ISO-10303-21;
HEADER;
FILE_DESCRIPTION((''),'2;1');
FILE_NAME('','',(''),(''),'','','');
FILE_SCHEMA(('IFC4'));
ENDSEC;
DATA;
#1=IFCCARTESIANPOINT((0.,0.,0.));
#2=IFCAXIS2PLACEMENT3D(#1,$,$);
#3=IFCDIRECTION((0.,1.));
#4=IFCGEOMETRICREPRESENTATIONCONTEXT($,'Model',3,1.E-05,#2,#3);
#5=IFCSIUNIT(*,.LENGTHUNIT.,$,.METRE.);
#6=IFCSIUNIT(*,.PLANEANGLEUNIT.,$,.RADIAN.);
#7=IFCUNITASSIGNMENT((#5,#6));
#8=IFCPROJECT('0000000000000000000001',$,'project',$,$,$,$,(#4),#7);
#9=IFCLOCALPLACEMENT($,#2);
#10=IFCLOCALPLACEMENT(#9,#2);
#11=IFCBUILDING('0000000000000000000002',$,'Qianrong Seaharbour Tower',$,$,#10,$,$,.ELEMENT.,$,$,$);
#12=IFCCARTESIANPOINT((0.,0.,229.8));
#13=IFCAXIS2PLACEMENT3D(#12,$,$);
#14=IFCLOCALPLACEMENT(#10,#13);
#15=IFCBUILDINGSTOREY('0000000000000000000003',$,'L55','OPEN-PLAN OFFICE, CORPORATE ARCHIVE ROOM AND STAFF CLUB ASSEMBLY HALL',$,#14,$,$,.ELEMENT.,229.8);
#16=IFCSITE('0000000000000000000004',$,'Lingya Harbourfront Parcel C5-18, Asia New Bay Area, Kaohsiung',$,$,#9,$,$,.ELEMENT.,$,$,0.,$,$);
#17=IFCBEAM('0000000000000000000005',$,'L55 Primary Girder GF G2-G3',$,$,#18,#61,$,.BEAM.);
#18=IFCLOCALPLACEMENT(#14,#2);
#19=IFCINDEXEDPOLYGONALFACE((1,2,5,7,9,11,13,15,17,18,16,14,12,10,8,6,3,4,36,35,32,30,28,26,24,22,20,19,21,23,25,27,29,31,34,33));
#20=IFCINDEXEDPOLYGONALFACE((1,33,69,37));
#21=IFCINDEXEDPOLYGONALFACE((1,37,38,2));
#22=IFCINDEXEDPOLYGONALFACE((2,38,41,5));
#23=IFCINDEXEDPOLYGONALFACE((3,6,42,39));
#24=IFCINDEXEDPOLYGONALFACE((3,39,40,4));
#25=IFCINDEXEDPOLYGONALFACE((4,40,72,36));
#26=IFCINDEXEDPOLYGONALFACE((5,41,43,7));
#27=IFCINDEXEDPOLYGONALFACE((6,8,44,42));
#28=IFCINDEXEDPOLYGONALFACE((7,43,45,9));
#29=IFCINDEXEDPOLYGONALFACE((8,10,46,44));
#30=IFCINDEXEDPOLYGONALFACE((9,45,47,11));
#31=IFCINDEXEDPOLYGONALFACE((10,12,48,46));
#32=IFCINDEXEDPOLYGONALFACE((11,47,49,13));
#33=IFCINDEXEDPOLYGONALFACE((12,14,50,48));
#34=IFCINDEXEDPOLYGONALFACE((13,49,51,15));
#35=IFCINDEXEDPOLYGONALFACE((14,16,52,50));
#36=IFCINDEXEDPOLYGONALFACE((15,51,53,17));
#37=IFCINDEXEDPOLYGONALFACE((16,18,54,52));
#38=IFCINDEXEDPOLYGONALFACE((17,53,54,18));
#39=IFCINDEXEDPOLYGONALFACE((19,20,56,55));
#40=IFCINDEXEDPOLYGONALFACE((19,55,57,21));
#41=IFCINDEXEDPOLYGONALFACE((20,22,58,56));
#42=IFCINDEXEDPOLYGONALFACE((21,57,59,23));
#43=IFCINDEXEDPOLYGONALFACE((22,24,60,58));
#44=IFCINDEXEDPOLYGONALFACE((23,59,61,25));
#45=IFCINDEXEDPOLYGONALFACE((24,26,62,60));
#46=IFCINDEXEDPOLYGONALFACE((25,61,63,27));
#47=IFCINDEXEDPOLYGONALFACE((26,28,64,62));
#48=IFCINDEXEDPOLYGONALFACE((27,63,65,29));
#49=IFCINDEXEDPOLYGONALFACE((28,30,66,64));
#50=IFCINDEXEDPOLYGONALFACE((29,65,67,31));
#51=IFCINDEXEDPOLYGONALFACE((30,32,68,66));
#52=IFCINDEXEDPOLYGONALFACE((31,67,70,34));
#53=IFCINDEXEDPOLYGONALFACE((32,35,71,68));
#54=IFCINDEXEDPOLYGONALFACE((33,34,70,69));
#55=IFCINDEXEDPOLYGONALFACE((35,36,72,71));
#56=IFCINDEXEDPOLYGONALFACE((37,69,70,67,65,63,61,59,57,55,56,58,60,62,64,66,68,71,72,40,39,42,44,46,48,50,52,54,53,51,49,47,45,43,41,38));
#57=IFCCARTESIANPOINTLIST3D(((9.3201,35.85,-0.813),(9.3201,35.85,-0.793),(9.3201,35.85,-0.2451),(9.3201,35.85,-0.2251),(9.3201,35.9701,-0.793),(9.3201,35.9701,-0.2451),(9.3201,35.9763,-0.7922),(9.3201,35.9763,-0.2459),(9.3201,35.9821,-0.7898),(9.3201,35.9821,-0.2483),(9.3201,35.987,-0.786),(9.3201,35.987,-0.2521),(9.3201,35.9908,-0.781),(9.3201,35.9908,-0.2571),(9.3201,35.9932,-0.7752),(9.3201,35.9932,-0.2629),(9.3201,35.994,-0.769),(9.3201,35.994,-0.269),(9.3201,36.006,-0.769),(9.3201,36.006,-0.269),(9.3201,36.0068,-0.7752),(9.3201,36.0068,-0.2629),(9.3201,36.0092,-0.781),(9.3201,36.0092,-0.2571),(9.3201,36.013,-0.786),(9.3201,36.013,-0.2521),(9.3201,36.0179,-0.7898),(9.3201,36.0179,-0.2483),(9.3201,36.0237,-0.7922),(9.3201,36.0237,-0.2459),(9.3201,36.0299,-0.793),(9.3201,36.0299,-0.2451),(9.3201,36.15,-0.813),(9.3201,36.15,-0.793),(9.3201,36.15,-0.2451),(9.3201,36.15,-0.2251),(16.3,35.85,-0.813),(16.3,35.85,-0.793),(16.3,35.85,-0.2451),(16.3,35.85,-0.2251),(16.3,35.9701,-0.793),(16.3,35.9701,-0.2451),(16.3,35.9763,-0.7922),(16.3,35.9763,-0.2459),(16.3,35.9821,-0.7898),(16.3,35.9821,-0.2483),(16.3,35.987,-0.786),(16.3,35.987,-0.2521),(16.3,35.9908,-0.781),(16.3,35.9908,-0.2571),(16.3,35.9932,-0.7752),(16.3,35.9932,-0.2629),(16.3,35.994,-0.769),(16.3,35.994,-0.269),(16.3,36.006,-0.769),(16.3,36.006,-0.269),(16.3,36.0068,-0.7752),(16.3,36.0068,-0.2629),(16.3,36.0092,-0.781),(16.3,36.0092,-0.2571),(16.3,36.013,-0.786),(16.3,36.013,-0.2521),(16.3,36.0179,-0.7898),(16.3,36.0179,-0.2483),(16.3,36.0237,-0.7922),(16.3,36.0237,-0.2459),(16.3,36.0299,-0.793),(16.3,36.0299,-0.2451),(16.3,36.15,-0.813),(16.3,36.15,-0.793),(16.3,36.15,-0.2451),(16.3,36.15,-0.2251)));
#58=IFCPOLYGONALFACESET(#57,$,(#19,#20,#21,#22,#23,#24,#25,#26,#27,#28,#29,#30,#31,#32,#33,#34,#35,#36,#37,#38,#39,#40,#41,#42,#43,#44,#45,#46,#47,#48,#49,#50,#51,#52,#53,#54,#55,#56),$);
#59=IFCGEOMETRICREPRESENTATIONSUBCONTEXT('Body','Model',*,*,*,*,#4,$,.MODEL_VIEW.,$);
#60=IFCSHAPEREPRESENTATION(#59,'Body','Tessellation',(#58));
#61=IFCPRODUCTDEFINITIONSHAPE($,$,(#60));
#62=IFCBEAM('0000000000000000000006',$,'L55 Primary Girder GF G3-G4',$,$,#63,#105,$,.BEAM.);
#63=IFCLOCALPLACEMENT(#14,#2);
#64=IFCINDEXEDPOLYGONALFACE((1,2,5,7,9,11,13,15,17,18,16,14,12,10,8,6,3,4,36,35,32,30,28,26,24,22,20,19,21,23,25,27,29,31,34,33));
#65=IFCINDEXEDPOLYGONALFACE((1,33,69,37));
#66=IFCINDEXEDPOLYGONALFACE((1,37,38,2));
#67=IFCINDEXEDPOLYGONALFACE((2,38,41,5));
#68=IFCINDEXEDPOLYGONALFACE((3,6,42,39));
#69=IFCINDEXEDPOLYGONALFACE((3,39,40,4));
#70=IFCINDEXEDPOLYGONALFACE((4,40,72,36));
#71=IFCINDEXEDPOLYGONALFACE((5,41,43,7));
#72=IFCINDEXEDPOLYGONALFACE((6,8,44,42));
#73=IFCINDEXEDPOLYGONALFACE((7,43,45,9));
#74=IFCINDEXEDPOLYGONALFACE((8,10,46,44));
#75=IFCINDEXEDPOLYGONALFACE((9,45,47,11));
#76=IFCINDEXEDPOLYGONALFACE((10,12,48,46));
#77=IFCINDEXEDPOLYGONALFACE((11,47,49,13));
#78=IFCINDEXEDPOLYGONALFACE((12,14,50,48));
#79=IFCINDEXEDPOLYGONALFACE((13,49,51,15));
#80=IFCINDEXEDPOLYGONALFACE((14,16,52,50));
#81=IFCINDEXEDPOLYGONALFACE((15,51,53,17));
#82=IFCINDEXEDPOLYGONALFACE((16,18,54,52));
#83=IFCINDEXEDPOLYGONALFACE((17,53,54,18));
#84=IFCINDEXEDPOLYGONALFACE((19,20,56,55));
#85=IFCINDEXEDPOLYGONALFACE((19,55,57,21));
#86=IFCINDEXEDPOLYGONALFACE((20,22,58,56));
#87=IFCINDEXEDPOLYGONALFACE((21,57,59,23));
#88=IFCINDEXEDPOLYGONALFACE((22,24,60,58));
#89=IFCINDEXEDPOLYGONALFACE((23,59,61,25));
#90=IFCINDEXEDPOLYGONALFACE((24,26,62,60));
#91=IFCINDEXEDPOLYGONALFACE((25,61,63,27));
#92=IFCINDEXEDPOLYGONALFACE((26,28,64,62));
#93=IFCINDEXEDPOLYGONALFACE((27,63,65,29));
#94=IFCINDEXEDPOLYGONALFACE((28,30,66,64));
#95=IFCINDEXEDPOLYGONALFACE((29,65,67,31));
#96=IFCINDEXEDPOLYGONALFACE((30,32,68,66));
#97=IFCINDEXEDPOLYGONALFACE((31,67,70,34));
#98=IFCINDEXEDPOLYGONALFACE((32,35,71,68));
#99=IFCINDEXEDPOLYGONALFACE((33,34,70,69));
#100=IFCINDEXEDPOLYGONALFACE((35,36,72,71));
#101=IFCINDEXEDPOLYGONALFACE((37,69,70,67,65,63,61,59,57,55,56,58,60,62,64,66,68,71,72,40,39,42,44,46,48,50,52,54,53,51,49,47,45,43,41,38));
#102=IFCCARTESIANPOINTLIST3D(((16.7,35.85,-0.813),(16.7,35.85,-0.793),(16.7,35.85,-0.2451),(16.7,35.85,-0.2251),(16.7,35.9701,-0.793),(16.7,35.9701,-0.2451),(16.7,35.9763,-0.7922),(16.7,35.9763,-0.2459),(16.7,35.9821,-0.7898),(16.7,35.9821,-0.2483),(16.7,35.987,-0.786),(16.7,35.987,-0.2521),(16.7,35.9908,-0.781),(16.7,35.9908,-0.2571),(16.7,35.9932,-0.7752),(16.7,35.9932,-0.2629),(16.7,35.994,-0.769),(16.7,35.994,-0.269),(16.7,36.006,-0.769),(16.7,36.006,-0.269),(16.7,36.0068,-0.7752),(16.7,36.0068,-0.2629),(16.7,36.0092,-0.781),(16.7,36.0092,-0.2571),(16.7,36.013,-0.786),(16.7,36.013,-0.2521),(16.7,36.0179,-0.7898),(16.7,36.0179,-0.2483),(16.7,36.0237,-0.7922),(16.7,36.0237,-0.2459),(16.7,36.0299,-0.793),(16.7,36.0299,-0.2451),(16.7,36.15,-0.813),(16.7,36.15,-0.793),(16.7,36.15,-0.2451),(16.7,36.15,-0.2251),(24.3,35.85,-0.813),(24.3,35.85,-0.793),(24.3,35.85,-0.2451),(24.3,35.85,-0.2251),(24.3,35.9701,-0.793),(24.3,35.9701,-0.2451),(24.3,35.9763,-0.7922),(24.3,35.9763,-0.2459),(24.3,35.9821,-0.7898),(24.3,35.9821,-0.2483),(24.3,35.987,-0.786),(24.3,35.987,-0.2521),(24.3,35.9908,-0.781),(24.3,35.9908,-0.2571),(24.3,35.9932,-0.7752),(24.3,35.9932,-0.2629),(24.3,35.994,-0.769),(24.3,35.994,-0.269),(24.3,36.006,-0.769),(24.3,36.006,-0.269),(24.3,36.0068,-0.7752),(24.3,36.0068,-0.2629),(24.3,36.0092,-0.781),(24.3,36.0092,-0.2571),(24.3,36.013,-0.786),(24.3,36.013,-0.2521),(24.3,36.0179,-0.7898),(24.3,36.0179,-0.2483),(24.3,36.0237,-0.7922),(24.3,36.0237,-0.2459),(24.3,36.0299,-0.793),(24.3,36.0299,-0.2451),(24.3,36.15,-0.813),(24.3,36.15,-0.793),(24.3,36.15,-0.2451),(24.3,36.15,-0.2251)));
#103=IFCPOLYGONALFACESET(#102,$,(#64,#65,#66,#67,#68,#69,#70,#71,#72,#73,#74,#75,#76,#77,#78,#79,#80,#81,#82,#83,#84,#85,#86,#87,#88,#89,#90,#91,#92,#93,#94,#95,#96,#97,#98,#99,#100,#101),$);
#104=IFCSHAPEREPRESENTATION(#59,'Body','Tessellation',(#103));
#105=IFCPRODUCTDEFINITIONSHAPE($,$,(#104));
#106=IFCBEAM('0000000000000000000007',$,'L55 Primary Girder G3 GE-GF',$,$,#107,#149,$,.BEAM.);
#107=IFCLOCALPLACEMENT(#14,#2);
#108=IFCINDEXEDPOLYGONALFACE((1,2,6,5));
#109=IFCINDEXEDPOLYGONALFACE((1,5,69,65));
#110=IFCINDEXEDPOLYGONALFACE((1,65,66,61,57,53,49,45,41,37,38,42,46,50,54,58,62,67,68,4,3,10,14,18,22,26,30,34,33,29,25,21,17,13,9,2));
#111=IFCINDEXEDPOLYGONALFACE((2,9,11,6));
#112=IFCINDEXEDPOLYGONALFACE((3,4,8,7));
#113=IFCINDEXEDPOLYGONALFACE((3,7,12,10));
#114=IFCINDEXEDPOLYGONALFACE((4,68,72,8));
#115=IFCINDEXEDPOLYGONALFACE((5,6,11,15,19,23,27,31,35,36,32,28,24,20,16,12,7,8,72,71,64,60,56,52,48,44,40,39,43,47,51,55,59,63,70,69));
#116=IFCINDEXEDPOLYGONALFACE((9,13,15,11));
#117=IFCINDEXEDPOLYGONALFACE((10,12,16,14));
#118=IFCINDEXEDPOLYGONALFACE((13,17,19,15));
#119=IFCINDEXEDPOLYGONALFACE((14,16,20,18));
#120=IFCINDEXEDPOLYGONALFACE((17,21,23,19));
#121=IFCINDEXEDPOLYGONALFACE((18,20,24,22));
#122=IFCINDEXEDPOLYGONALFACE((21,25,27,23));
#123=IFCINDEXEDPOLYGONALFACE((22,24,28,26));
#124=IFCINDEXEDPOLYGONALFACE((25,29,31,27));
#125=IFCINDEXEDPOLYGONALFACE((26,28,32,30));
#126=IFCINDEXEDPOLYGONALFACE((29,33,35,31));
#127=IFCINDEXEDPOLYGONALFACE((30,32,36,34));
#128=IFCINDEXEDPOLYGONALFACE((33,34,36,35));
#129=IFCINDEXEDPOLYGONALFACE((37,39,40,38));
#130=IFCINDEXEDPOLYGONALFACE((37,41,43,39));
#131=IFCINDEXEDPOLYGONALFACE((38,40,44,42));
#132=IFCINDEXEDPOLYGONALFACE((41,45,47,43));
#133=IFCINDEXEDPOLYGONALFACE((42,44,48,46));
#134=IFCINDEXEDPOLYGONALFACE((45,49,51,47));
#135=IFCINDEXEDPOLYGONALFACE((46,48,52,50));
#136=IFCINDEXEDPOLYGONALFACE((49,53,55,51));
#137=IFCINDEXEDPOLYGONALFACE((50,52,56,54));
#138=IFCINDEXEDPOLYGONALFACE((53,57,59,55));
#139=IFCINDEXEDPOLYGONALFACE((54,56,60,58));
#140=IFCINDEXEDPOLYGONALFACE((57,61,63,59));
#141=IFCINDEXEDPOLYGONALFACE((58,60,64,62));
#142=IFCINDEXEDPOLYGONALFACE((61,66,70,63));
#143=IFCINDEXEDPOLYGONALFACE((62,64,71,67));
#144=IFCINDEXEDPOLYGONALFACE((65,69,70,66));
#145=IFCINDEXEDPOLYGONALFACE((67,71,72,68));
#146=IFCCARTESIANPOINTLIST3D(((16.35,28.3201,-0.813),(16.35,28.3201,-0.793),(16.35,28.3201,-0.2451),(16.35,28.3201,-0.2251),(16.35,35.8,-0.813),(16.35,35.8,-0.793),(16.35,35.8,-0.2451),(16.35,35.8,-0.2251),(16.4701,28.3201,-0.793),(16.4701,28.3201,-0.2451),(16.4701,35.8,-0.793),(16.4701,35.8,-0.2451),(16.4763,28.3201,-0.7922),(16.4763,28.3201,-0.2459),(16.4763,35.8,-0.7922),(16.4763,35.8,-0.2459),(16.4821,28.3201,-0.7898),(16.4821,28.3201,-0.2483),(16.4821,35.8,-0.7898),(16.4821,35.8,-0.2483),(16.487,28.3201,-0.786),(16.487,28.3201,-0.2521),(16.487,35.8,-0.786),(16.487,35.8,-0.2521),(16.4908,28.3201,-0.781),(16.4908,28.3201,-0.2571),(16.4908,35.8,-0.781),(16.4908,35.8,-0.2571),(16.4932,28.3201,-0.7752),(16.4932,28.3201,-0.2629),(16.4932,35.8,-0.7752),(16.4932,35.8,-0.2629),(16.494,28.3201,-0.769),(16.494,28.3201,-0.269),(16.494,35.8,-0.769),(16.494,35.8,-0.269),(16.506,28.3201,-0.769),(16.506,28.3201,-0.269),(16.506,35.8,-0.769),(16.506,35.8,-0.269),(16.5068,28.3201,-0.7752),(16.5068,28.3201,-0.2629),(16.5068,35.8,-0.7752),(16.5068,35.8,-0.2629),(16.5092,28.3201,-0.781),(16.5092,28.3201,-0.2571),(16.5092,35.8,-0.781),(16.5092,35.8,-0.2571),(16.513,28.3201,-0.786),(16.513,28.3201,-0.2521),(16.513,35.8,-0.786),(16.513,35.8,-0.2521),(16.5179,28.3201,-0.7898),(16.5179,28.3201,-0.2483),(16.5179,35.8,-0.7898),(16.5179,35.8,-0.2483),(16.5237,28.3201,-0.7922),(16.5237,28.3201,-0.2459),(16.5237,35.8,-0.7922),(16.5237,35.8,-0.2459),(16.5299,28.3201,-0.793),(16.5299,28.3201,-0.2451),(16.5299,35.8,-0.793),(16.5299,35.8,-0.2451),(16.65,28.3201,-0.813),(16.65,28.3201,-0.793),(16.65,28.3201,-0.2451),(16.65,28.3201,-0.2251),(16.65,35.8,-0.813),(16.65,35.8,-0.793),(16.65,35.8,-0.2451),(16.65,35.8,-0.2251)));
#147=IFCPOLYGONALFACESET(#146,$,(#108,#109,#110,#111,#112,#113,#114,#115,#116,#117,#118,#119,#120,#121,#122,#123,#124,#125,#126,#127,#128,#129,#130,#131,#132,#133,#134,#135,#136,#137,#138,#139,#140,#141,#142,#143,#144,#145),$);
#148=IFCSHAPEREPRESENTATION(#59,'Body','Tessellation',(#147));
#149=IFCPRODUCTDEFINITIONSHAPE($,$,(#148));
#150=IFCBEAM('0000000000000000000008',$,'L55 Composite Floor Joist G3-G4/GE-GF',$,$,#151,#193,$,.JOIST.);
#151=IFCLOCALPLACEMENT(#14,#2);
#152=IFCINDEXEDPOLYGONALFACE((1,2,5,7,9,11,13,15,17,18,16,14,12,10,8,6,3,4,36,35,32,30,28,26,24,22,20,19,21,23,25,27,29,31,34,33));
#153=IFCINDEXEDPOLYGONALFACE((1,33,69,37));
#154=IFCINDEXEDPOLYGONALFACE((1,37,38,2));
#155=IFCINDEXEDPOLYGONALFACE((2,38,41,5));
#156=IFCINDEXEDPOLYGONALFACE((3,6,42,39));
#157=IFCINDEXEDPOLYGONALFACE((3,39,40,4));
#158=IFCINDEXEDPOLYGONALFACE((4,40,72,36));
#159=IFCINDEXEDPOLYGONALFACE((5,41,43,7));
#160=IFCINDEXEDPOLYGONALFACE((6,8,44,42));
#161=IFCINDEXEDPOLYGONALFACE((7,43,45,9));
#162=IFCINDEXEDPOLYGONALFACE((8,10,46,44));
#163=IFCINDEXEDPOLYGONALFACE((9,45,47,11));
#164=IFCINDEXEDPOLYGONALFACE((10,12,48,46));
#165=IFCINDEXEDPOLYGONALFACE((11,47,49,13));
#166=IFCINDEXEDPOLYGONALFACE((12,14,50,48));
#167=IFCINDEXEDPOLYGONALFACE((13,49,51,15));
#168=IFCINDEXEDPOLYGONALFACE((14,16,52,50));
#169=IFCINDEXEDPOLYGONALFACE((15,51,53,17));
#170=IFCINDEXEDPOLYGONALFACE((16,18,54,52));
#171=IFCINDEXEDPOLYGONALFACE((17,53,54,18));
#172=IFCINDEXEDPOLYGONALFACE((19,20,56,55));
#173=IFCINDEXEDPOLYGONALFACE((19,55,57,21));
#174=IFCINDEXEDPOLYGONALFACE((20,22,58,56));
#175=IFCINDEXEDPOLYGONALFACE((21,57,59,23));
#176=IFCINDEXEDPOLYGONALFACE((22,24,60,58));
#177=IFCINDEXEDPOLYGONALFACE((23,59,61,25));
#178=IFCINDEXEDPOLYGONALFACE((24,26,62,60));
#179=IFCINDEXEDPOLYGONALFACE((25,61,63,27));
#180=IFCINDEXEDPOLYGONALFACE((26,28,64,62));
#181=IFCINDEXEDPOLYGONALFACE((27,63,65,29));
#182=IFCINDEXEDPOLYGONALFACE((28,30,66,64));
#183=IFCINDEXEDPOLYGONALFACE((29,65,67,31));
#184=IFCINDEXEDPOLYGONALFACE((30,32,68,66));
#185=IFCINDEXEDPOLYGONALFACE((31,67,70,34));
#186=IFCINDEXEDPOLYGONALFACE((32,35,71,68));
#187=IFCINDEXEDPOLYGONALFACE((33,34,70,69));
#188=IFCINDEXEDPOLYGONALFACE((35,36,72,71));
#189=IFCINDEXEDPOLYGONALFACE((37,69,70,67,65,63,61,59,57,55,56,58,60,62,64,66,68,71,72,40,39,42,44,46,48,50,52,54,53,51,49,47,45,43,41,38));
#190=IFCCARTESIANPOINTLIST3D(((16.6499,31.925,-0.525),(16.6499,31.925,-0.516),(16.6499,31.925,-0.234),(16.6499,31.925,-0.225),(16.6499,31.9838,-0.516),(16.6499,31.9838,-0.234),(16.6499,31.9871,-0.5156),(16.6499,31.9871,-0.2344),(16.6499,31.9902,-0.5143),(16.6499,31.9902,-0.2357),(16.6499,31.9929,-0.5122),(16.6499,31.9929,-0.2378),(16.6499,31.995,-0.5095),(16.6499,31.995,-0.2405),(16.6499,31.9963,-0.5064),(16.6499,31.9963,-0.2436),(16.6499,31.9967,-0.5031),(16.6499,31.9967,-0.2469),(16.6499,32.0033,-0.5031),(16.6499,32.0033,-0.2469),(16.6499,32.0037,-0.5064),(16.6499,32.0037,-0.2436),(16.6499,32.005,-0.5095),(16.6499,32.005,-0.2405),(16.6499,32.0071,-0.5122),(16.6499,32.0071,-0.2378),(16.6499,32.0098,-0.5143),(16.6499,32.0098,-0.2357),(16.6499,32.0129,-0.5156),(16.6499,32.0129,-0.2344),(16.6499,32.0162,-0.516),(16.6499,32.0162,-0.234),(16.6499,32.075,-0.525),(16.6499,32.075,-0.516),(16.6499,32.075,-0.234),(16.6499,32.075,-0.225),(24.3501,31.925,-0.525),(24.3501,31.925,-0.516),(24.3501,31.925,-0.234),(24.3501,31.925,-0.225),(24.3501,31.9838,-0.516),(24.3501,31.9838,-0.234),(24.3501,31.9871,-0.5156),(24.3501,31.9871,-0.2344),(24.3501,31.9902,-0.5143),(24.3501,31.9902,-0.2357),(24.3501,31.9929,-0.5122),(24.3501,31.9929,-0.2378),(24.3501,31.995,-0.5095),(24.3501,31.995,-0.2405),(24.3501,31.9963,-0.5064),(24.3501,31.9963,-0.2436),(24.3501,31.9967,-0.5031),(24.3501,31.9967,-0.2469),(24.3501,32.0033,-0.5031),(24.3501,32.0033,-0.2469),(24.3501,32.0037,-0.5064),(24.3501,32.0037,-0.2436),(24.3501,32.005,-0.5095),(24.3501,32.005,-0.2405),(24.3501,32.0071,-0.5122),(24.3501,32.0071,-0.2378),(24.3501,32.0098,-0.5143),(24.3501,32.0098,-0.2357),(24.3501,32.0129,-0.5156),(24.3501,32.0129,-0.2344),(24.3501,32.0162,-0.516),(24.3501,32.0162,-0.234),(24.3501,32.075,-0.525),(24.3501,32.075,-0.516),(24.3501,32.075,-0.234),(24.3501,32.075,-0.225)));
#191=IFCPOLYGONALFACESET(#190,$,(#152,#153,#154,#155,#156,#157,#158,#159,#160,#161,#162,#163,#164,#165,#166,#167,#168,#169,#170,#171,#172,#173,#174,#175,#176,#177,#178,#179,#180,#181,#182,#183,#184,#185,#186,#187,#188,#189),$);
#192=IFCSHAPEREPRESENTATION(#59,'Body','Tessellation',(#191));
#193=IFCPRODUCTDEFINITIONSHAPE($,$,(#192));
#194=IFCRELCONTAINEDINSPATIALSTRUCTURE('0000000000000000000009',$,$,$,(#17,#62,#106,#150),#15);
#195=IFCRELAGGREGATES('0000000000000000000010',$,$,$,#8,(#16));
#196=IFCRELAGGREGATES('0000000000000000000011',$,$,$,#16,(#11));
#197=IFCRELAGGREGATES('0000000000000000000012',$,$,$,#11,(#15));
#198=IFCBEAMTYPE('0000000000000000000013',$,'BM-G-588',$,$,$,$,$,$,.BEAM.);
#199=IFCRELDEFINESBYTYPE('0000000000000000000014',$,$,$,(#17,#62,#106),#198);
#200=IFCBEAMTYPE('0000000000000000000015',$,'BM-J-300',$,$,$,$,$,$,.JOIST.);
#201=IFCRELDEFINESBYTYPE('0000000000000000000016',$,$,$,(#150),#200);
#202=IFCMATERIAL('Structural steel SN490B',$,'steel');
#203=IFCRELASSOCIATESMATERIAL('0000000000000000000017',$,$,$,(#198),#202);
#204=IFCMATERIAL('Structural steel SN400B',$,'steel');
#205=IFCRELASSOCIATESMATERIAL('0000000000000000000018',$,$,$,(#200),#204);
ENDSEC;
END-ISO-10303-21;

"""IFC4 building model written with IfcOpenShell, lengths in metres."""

from ifc_helpers import new_model, si_unit, direction, frame, origin, origin_2d, place, context, subcontext, project, spatial, i_section, extrude, material, material_profile, profile_set, type_object, element, save


model = new_model("IFC4")

# Units and contexts
model_context = context("Model", 3, precision=1e-05, world=origin(), true_north=direction((0.0, 1.0)))
body_context = subcontext(model_context, "Body", "Model", "MODEL_VIEW")
ifc_project = project(units=[si_unit("LENGTHUNIT", "METRE"), si_unit("PLANEANGLEUNIT", "RADIAN")], contexts=[model_context])

# Site, building, storey
site_placement = place(None, origin())
site = spatial("IfcSite", under=ifc_project, at=site_placement, Name="Lingya Harbourfront Parcel C5-18, Asia New Bay Area, Kaohsiung", CompositionType="ELEMENT", RefElevation=0.0)
building_placement = place(site_placement, origin())
building = spatial("IfcBuilding", under=site, at=building_placement, Name="Qianrong Seaharbour Tower", CompositionType="ELEMENT")
storey_placement = place(building_placement, frame((0.0, 0.0, 229.8)))
storey = spatial("IfcBuildingStorey", under=building, at=storey_placement, Name="L55", Description="OPEN-PLAN OFFICE, CORPORATE ARCHIVE ROOM AND STAFF CLUB ASSEMBLY HALL", CompositionType="ELEMENT", Elevation=229.8)

# Shared definitions
ifc_material_1 = material(Name="Structural steel SN490B", Category="steel")

# Beams
ifc_material_profile_1 = material_profile(ifc_material_1, i_section(OverallWidth=0.3, OverallDepth=0.5879, WebThickness=0.012, FlangeThickness=0.02, FilletRadius=0.0239, at=origin_2d()), Name="H588x300x12x20")
ifc_profile_set_1 = profile_set([ifc_material_profile_1], Name="Structural steel SN490B")
beam_type_1 = type_object("IfcBeamType", Name="BM-G-588", PredefinedType="BEAM", material=ifc_profile_set_1)
beam_1_placement = place(storey_placement, frame((9.3201, 36.0, -0.519), z_axis=(1.0, 0.0, 0.0), x_axis=(0.0, 1.0, 0.0)))
element("IfcBeam", 1, at=beam_1_placement, inside=storey, type_object=beam_type_1, Name="L55 Primary Girder GF G2-G3", PredefinedType="BEAM", context=body_context, shape_type="SweptSolid", body=[
    extrude(i_section(OverallWidth=0.3, OverallDepth=0.5879, WebThickness=0.012, FlangeThickness=0.02, FilletRadius=0.0239, at=origin_2d()), origin(), (0.0, 0.0, 1.0), 6.98),
])
beam_2_placement = place(storey_placement, frame((16.7, 36.0, -0.519), z_axis=(1.0, 0.0, 0.0), x_axis=(0.0, 1.0, 0.0)))
element("IfcBeam", 2, at=beam_2_placement, inside=storey, type_object=beam_type_1, Name="L55 Primary Girder GF G3-G4", PredefinedType="BEAM", context=body_context, shape_type="SweptSolid", body=[
    extrude(i_section(OverallWidth=0.3, OverallDepth=0.5879, WebThickness=0.012, FlangeThickness=0.02, FilletRadius=0.0239, at=origin_2d()), origin(), (0.0, 0.0, 1.0), 7.6001),
])
beam_3_placement = place(storey_placement, frame((16.5, 28.3201, -0.519), z_axis=(0.0, 1.0, 0.0), x_axis=(-1.0, 0.0, 0.0)))
element("IfcBeam", 3, at=beam_3_placement, inside=storey, type_object=beam_type_1, Name="L55 Primary Girder G3 GE-GF", PredefinedType="BEAM", context=body_context, shape_type="SweptSolid", body=[
    extrude(i_section(OverallWidth=0.3, OverallDepth=0.5879, WebThickness=0.012, FlangeThickness=0.02, FilletRadius=0.0239, at=origin_2d()), origin(), (0.0, 0.0, 1.0), 7.48),
])
ifc_material_2 = material(Name="Structural steel SN400B", Category="steel")
ifc_material_profile_2 = material_profile(ifc_material_2, i_section(OverallWidth=0.1499, OverallDepth=0.3, WebThickness=0.0066, FlangeThickness=0.009, FilletRadius=0.0129, at=origin_2d()), Name="H300x150x6.5x9")
ifc_profile_set_2 = profile_set([ifc_material_profile_2], Name="Structural steel SN400B")
beam_type_2 = type_object("IfcBeamType", Name="BM-J-300", PredefinedType="JOIST", material=ifc_profile_set_2)
beam_4_placement = place(storey_placement, frame((16.6499, 32.0, -0.375), z_axis=(1.0, 0.0, 0.0), x_axis=(0.0, 1.0, 0.0)))
element("IfcBeam", 4, at=beam_4_placement, inside=storey, type_object=beam_type_2, Name="L55 Composite Floor Joist G3-G4/GE-GF", PredefinedType="JOIST", context=body_context, shape_type="SweptSolid", body=[
    extrude(i_section(OverallWidth=0.1499, OverallDepth=0.3, WebThickness=0.0066, FlangeThickness=0.009, FilletRadius=0.0129, at=origin_2d()), origin(), (0.0, 0.0, 1.0), 7.7002),
])

save(model, "model.ifc")
